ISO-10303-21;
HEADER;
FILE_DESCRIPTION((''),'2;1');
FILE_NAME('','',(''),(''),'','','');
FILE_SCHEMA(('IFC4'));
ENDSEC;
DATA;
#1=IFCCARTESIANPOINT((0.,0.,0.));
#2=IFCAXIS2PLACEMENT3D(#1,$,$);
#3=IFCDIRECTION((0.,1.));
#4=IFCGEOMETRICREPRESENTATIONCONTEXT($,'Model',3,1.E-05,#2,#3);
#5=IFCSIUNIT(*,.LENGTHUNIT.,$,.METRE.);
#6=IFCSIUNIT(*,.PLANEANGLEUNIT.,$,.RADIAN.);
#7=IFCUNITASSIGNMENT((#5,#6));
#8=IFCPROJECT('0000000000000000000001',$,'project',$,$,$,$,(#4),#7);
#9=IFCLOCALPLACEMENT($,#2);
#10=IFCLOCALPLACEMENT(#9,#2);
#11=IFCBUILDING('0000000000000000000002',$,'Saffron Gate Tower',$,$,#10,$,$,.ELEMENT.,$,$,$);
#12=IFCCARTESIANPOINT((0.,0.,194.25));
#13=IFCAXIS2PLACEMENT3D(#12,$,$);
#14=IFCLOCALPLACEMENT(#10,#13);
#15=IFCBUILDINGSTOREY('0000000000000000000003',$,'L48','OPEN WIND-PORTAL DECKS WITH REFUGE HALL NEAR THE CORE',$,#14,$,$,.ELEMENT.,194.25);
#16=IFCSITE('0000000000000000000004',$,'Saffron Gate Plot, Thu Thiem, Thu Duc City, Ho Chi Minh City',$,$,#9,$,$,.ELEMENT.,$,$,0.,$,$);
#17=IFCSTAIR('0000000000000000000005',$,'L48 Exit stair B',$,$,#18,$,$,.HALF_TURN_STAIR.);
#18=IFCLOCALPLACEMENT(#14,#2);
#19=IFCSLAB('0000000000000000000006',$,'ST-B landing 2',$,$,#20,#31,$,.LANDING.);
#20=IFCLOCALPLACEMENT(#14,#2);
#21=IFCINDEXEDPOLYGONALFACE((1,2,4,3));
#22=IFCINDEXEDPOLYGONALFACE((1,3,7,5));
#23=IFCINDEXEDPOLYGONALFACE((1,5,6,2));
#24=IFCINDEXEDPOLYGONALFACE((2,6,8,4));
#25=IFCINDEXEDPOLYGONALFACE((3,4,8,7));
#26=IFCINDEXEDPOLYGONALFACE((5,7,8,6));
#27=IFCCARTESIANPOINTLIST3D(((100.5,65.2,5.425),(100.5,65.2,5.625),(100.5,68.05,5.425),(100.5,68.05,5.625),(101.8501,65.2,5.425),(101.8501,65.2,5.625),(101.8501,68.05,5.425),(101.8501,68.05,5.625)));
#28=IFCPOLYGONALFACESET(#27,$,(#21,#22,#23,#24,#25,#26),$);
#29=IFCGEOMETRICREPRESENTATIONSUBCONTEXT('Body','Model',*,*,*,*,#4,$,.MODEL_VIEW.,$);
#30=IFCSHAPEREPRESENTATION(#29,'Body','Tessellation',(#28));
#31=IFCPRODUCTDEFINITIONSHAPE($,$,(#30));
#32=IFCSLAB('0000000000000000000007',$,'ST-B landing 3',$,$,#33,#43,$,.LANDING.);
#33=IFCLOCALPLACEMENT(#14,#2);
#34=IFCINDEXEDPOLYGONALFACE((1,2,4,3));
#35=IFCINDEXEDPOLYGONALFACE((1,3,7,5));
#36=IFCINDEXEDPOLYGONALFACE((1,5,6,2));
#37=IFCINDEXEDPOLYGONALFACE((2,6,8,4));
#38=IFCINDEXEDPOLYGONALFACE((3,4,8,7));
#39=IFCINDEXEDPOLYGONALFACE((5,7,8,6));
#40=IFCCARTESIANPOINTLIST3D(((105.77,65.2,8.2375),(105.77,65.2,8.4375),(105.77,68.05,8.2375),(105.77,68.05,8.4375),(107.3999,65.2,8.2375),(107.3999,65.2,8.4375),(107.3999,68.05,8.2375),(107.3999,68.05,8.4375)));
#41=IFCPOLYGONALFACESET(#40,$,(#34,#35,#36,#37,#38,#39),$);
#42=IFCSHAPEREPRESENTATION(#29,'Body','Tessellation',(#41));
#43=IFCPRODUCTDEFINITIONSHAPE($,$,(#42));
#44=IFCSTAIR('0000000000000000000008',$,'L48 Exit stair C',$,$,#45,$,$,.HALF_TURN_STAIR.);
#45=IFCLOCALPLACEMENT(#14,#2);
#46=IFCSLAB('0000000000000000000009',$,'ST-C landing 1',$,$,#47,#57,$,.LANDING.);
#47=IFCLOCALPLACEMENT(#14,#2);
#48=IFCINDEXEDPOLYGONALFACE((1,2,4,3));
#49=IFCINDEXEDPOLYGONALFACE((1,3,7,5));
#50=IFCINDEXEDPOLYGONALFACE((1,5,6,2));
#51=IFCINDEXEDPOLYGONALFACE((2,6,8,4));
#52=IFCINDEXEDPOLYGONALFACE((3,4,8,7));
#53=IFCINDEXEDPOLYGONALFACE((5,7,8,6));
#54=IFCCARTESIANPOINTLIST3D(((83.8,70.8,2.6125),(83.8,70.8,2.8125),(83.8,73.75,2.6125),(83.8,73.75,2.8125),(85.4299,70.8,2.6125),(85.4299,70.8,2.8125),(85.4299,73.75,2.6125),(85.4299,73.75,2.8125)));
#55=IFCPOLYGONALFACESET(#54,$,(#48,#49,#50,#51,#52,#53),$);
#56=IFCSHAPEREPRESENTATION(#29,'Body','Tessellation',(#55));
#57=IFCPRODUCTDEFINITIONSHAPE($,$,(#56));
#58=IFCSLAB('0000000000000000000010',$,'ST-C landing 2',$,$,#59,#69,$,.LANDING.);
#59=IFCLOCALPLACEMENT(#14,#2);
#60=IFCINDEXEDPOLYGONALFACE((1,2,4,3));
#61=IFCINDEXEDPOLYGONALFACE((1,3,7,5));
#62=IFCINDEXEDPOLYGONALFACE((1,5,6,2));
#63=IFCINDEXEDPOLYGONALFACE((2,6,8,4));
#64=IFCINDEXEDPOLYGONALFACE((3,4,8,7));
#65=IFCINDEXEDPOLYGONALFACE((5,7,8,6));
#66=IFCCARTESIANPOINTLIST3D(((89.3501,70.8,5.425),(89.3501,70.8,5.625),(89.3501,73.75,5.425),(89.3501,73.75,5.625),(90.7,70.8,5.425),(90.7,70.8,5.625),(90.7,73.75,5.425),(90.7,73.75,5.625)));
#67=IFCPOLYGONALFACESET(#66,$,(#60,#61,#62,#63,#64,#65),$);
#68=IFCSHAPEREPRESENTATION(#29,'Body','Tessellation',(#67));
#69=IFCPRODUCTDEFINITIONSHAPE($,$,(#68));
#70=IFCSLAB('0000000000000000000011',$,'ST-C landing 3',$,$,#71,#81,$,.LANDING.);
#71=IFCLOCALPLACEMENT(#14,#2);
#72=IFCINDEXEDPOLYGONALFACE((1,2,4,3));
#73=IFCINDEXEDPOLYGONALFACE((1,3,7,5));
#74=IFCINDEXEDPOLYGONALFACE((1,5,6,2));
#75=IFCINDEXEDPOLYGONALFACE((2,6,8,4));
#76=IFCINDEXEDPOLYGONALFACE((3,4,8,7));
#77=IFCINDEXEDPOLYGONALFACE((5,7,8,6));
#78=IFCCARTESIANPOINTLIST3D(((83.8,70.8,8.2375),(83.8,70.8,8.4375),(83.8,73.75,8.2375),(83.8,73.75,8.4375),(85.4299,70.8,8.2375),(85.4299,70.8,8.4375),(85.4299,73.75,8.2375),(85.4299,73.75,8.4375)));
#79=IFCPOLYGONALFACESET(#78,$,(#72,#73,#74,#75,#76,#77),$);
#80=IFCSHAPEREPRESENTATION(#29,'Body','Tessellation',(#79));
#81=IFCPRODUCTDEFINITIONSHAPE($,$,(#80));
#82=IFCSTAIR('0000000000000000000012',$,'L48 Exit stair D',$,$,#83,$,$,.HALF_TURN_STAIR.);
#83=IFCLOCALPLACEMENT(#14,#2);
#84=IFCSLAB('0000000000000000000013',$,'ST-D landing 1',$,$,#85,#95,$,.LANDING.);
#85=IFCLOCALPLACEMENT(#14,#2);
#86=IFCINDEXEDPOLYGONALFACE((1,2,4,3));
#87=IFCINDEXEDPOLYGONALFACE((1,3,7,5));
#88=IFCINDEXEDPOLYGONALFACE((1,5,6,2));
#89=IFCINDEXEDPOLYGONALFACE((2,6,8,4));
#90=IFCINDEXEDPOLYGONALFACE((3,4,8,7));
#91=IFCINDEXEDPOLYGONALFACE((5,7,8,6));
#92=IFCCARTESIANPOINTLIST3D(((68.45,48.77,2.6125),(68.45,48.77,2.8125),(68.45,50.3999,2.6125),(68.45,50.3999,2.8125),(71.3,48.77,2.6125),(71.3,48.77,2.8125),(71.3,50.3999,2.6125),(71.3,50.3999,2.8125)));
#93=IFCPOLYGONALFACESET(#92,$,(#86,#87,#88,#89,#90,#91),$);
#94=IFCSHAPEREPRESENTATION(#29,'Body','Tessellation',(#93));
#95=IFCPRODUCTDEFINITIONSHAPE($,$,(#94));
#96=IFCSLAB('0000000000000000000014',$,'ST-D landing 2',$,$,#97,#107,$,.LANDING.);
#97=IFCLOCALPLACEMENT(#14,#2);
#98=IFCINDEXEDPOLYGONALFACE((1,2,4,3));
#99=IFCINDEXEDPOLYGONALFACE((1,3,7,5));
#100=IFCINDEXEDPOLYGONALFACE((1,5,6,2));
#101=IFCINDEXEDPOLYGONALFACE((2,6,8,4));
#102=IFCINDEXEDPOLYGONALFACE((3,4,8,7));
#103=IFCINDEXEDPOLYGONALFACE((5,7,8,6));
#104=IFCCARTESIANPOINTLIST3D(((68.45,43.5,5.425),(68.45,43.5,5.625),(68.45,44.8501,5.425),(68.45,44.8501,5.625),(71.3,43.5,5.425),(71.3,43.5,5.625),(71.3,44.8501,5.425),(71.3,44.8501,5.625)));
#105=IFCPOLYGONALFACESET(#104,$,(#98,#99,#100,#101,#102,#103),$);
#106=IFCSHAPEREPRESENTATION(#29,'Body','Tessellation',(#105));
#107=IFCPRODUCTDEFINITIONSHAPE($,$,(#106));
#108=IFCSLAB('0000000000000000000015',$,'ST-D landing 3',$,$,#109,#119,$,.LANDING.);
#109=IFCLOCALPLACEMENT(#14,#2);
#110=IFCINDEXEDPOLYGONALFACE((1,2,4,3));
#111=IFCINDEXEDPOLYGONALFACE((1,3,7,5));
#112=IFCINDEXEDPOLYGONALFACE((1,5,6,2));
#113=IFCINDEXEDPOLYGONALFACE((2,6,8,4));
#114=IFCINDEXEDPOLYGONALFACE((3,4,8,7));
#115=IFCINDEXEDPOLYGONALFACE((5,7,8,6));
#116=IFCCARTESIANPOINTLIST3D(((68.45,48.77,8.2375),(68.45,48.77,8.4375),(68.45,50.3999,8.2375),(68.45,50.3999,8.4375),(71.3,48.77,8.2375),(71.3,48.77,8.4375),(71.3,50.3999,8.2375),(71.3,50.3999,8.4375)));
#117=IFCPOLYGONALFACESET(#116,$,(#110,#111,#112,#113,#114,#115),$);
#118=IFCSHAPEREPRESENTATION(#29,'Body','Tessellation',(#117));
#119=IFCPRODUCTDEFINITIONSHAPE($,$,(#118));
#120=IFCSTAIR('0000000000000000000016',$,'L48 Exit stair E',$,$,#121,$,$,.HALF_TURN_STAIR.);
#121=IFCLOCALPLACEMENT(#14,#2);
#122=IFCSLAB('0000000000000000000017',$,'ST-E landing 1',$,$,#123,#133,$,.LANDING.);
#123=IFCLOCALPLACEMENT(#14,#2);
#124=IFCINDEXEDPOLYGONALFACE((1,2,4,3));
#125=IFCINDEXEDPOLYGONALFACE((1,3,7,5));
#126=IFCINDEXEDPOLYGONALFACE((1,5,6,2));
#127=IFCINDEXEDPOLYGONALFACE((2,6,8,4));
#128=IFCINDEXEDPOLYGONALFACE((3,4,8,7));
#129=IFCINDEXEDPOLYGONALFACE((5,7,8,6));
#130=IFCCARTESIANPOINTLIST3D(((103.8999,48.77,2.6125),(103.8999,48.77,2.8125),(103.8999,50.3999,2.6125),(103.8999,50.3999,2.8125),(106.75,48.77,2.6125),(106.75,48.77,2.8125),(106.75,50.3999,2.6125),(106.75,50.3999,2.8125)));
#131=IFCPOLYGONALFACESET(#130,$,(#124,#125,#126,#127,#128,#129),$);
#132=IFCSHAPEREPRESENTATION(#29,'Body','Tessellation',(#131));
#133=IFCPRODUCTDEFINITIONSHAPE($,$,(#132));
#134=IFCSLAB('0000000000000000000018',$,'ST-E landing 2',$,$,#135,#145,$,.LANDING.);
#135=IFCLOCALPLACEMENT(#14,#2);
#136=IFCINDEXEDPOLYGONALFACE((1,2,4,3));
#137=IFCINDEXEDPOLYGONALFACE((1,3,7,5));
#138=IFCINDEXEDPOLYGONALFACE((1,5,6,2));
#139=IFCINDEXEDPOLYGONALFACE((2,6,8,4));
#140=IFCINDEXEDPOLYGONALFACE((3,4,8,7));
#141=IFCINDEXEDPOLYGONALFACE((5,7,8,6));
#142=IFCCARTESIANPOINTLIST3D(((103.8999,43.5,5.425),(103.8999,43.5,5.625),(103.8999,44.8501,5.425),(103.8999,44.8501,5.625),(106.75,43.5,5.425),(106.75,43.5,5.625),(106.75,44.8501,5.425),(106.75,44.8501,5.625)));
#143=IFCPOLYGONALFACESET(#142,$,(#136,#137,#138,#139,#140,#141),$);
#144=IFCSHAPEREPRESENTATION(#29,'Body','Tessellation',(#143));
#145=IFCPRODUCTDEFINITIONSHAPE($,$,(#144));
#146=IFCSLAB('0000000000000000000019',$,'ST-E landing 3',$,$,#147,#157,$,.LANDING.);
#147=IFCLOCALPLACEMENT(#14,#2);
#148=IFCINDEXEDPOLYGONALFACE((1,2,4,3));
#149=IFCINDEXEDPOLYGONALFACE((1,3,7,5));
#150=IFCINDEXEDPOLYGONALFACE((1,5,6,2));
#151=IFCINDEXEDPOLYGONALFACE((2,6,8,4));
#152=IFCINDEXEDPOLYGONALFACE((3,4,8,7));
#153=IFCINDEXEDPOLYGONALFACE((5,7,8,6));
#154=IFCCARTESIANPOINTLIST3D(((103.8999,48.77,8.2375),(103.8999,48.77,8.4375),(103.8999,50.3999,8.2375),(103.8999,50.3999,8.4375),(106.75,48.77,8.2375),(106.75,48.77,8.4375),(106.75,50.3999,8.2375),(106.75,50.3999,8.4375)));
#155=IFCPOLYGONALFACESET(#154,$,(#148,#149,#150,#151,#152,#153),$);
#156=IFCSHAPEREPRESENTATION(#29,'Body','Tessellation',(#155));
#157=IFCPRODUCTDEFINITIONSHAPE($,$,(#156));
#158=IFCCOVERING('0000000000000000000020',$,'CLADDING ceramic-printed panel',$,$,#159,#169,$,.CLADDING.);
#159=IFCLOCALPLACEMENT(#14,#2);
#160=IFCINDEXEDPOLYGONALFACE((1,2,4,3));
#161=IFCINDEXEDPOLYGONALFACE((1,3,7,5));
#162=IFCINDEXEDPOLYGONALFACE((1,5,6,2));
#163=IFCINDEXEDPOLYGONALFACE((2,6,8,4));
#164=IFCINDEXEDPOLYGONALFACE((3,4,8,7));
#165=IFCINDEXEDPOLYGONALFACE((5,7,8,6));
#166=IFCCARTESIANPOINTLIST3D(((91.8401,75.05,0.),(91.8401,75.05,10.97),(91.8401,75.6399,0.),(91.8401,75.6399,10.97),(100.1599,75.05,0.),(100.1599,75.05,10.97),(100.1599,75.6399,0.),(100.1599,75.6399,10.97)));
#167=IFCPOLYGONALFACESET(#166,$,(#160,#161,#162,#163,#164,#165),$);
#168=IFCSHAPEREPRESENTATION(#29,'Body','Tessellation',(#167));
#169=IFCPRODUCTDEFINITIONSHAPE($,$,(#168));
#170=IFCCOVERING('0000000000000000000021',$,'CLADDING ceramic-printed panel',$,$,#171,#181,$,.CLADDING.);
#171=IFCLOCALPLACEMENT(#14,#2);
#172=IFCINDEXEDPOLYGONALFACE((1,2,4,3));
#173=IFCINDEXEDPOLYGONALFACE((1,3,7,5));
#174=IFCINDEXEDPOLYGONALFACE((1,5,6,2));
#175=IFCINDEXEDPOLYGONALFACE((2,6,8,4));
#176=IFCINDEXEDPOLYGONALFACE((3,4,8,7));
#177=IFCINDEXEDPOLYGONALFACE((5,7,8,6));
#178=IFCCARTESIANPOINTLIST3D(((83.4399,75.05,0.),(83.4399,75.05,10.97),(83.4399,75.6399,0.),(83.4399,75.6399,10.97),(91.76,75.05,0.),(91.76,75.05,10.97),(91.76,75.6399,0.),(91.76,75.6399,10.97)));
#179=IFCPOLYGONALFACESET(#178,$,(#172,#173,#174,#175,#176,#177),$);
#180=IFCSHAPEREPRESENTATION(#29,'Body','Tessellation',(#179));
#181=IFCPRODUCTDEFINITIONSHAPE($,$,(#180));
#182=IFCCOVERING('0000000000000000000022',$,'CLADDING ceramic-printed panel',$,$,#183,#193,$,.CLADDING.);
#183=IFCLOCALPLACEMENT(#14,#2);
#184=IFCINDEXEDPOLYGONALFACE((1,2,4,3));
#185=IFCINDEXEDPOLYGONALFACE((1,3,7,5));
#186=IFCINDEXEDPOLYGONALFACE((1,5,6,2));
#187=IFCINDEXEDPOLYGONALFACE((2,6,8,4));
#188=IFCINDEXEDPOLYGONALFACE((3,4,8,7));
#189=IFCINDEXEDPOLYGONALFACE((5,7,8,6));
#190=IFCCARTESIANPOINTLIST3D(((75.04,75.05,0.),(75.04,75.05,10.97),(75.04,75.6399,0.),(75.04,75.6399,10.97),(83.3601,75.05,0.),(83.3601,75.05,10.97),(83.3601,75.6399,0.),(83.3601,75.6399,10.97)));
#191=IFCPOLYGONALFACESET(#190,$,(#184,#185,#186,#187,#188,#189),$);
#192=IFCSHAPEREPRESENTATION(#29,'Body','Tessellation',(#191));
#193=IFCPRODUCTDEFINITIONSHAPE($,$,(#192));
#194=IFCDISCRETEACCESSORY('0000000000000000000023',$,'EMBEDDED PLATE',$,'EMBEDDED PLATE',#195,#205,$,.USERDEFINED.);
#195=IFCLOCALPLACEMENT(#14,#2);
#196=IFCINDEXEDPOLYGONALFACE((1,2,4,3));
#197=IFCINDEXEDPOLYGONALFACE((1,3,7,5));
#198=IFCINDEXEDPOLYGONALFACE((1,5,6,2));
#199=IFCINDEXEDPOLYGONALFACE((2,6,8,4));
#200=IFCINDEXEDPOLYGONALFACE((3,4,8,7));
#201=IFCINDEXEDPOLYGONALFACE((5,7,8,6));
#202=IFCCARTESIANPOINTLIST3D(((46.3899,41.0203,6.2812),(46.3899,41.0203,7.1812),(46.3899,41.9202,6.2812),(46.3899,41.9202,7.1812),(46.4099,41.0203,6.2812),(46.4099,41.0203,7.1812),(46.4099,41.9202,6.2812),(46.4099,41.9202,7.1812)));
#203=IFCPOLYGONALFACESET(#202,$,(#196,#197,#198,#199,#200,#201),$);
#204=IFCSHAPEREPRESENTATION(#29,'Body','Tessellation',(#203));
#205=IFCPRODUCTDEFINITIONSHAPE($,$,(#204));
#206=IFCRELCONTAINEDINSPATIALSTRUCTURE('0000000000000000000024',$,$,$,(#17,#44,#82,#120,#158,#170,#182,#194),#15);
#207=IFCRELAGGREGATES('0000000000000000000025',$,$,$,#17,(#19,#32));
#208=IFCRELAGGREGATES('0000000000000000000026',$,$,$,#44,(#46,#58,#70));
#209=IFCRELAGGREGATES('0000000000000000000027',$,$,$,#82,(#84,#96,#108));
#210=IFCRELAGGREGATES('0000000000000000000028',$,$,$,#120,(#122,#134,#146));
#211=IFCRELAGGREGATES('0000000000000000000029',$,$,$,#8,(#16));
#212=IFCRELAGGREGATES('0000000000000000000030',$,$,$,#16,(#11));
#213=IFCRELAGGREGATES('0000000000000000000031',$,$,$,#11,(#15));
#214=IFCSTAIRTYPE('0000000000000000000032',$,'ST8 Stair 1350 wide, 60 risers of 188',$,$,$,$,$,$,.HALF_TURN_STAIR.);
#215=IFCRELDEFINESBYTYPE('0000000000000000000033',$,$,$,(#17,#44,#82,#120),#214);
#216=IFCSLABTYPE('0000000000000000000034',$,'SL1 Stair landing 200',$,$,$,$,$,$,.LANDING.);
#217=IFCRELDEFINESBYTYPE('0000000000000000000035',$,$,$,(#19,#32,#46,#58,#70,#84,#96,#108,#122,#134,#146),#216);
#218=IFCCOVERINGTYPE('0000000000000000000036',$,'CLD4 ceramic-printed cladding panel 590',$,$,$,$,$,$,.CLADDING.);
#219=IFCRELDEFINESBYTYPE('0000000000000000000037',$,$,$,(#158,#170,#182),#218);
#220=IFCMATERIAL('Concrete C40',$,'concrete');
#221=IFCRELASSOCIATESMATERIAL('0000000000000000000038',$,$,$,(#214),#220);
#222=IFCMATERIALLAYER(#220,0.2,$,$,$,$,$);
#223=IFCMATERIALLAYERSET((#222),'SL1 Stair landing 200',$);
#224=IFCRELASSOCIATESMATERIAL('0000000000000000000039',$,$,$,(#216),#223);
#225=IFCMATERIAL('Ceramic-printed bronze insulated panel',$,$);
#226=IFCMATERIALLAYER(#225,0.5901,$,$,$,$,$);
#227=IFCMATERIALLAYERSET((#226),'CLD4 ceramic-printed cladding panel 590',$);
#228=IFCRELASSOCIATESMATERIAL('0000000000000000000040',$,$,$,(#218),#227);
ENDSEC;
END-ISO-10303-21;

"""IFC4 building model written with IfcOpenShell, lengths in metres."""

from ifc_helpers import new_model, si_unit, direction, frame, origin, origin_2d, place, context, subcontext, project, spatial, polyline, rectangle, outline, extrude, material, layer, layer_set, type_object, element, aggregate, save


model = new_model("IFC4")

# Units and contexts
model_context = context("Model", 3, precision=1e-05, world=origin(), true_north=direction((0.0, 1.0)))
body_context = subcontext(model_context, "Body", "Model", "MODEL_VIEW")
ifc_project = project(units=[si_unit("LENGTHUNIT", "METRE"), si_unit("PLANEANGLEUNIT", "RADIAN")], contexts=[model_context])

# Site, building, storey
site_placement = place(None, origin())
site = spatial("IfcSite", under=ifc_project, at=site_placement, Name="Saffron Gate Plot, Thu Thiem, Thu Duc City, Ho Chi Minh City", CompositionType="ELEMENT", RefElevation=0.0)
building_placement = place(site_placement, origin())
building = spatial("IfcBuilding", under=site, at=building_placement, Name="Saffron Gate Tower", CompositionType="ELEMENT")
storey_placement = place(building_placement, frame((0.0, 0.0, 194.25)))
storey = spatial("IfcBuildingStorey", under=building, at=storey_placement, Name="L48", Description="OPEN WIND-PORTAL DECKS WITH REFUGE HALL NEAR THE CORE", CompositionType="ELEMENT", Elevation=194.25)

# Shared definitions
ifc_material_1 = material(Name="Concrete C40", Category="concrete")

# Stairs, slabs
stair_type = type_object("IfcStairType", Name="ST8 Stair 1350 wide, 60 risers of 188", PredefinedType="HALF_TURN_STAIR", material=ifc_material_1)
ifc_layer_1 = layer(ifc_material_1, 0.2)
ifc_layer_set_1 = layer_set([ifc_layer_1], Name="SL1 Stair landing 200")
slab_type_1 = type_object("IfcSlabType", Name="SL1 Stair landing 200", PredefinedType="LANDING", material=ifc_layer_set_1)
stair_1_placement = place(storey_placement, origin())
stair_1 = element("IfcStair", 1, at=stair_1_placement, inside=storey, type_object=stair_type, Name="L48 Exit stair B", PredefinedType="HALF_TURN_STAIR")
slab_1_placement = place(storey_placement, frame((0.0, 0.0, 5.425)))
slab_1 = element("IfcSlab", 2, at=slab_1_placement, type_object=slab_type_1, Name="ST-B landing 2", PredefinedType="LANDING", context=body_context, shape_type="SweptSolid", body=[
    extrude(outline(polyline([(100.5, 65.2), (101.8501, 65.2), (101.8501, 68.05), (100.5, 68.05), (100.5, 65.2)])), origin(), (0.0, 0.0, 1.0), 0.2),
])
slab_2_placement = place(storey_placement, frame((0.0, 0.0, 8.2375)))
slab_2 = element("IfcSlab", 3, at=slab_2_placement, type_object=slab_type_1, Name="ST-B landing 3", PredefinedType="LANDING", context=body_context, shape_type="SweptSolid", body=[
    extrude(outline(polyline([(105.77, 65.2), (107.3999, 65.2), (107.3999, 68.05), (105.77, 68.05), (105.77, 65.2)])), origin(), (0.0, 0.0, 1.0), 0.2),
])
aggregate(stair_1, [slab_1, slab_2])
stair_2_placement = place(storey_placement, origin())
stair_2 = element("IfcStair", 4, at=stair_2_placement, inside=storey, type_object=stair_type, Name="L48 Exit stair C", PredefinedType="HALF_TURN_STAIR")
slab_3_placement = place(storey_placement, frame((0.0, 0.0, 2.6125)))
slab_3 = element("IfcSlab", 5, at=slab_3_placement, type_object=slab_type_1, Name="ST-C landing 1", PredefinedType="LANDING", context=body_context, shape_type="SweptSolid", body=[
    extrude(outline(polyline([(85.4299, 73.75), (83.8, 73.75), (83.8, 70.8), (85.4299, 70.8), (85.4299, 73.75)])), origin(), (0.0, 0.0, 1.0), 0.2),
])
slab_4_placement = place(storey_placement, frame((0.0, 0.0, 5.425)))
slab_4 = element("IfcSlab", 6, at=slab_4_placement, type_object=slab_type_1, Name="ST-C landing 2", PredefinedType="LANDING", context=body_context, shape_type="SweptSolid", body=[
    extrude(outline(polyline([(90.7, 73.75), (89.3501, 73.75), (89.3501, 70.8), (90.7, 70.8), (90.7, 73.75)])), origin(), (0.0, 0.0, 1.0), 0.2),
])
slab_5_placement = place(storey_placement, frame((0.0, 0.0, 8.2375)))
slab_5 = element("IfcSlab", 7, at=slab_5_placement, type_object=slab_type_1, Name="ST-C landing 3", PredefinedType="LANDING", context=body_context, shape_type="SweptSolid", body=[
    extrude(outline(polyline([(85.4299, 73.75), (83.8, 73.75), (83.8, 70.8), (85.4299, 70.8), (85.4299, 73.75)])), origin(), (0.0, 0.0, 1.0), 0.2),
])
aggregate(stair_2, [slab_3, slab_4, slab_5])
stair_3_placement = place(storey_placement, origin())
stair_3 = element("IfcStair", 8, at=stair_3_placement, inside=storey, type_object=stair_type, Name="L48 Exit stair D", PredefinedType="HALF_TURN_STAIR")
slab_6_placement = place(storey_placement, frame((0.0, 0.0, 2.6125)))
slab_6 = element("IfcSlab", 9, at=slab_6_placement, type_object=slab_type_1, Name="ST-D landing 1", PredefinedType="LANDING", context=body_context, shape_type="SweptSolid", body=[
    extrude(outline(polyline([(71.3, 48.77), (71.3, 50.3999), (68.45, 50.3999), (68.45, 48.77), (71.3, 48.77)])), origin(), (0.0, 0.0, 1.0), 0.2),
])
slab_7_placement = place(storey_placement, frame((0.0, 0.0, 5.425)))
slab_7 = element("IfcSlab", 10, at=slab_7_placement, type_object=slab_type_1, Name="ST-D landing 2", PredefinedType="LANDING", context=body_context, shape_type="SweptSolid", body=[
    extrude(outline(polyline([(71.3, 43.5), (71.3, 44.8501), (68.45, 44.8501), (68.45, 43.5), (71.3, 43.5)])), origin(), (0.0, 0.0, 1.0), 0.2),
])
slab_8_placement = place(storey_placement, frame((0.0, 0.0, 8.2375)))
slab_8 = element("IfcSlab", 11, at=slab_8_placement, type_object=slab_type_1, Name="ST-D landing 3", PredefinedType="LANDING", context=body_context, shape_type="SweptSolid", body=[
    extrude(outline(polyline([(71.3, 48.77), (71.3, 50.3999), (68.45, 50.3999), (68.45, 48.77), (71.3, 48.77)])), origin(), (0.0, 0.0, 1.0), 0.2),
])
aggregate(stair_3, [slab_6, slab_7, slab_8])
stair_4_placement = place(storey_placement, origin())
stair_4 = element("IfcStair", 12, at=stair_4_placement, inside=storey, type_object=stair_type, Name="L48 Exit stair E", PredefinedType="HALF_TURN_STAIR")
slab_9_placement = place(storey_placement, frame((0.0, 0.0, 2.6125)))
slab_9 = element("IfcSlab", 13, at=slab_9_placement, type_object=slab_type_1, Name="ST-E landing 1", PredefinedType="LANDING", context=body_context, shape_type="SweptSolid", body=[
    extrude(outline(polyline([(106.75, 48.77), (106.75, 50.3999), (103.8999, 50.3999), (103.8999, 48.77), (106.75, 48.77)])), origin(), (0.0, 0.0, 1.0), 0.2),
])
slab_10_placement = place(storey_placement, frame((0.0, 0.0, 5.425)))
slab_10 = element("IfcSlab", 14, at=slab_10_placement, type_object=slab_type_1, Name="ST-E landing 2", PredefinedType="LANDING", context=body_context, shape_type="SweptSolid", body=[
    extrude(outline(polyline([(106.75, 43.5), (106.75, 44.8501), (103.8999, 44.8501), (103.8999, 43.5), (106.75, 43.5)])), origin(), (0.0, 0.0, 1.0), 0.2),
])
slab_11_placement = place(storey_placement, frame((0.0, 0.0, 8.2375)))
slab_11 = element("IfcSlab", 15, at=slab_11_placement, type_object=slab_type_1, Name="ST-E landing 3", PredefinedType="LANDING", context=body_context, shape_type="SweptSolid", body=[
    extrude(outline(polyline([(106.75, 48.77), (106.75, 50.3999), (103.8999, 50.3999), (103.8999, 48.77), (106.75, 48.77)])), origin(), (0.0, 0.0, 1.0), 0.2),
])
aggregate(stair_4, [slab_9, slab_10, slab_11])

# Coverings
ifc_material_2 = material(Name="Ceramic-printed bronze insulated panel")
ifc_layer_2 = layer(ifc_material_2, 0.5901)
ifc_layer_set_2 = layer_set([ifc_layer_2], Name="CLD4 ceramic-printed cladding panel 590")
covering_type = type_object("IfcCoveringType", Name="CLD4 ceramic-printed cladding panel 590", PredefinedType="CLADDING", material=ifc_layer_set_2)
covering_1_placement = place(storey_placement, origin())
element("IfcCovering", 16, at=covering_1_placement, inside=storey, type_object=covering_type, Name="CLADDING ceramic-printed panel", PredefinedType="CLADDING", context=body_context, shape_type="SweptSolid", body=[
    extrude(outline(polyline([(100.1599, 75.6399), (91.8401, 75.6399), (91.8401, 75.05), (100.1599, 75.05), (100.1599, 75.6399)])), origin(), (0.0, 0.0, 1.0), 10.97),
])
covering_2_placement = place(storey_placement, origin())
element("IfcCovering", 17, at=covering_2_placement, inside=storey, type_object=covering_type, Name="CLADDING ceramic-printed panel", PredefinedType="CLADDING", context=body_context, shape_type="SweptSolid", body=[
    extrude(outline(polyline([(91.76, 75.6399), (83.4399, 75.6399), (83.4399, 75.05), (91.76, 75.05), (91.76, 75.6399)])), origin(), (0.0, 0.0, 1.0), 10.97),
])
covering_3_placement = place(storey_placement, origin())
element("IfcCovering", 18, at=covering_3_placement, inside=storey, type_object=covering_type, Name="CLADDING ceramic-printed panel", PredefinedType="CLADDING", context=body_context, shape_type="SweptSolid", body=[
    extrude(outline(polyline([(83.3601, 75.6399), (75.04, 75.6399), (75.04, 75.05), (83.3601, 75.05), (83.3601, 75.6399)])), origin(), (0.0, 0.0, 1.0), 10.97),
])

# Discrete accessory
for number, where, z_axis, x_axis, name in (
    (19, (46.3999, 41.4702, 6.2812), (0.0, 0.0, 1.0), (0.0, 1.0, 0.0), "EMBEDDED PLATE"),
):
    element("IfcDiscreteAccessory", number, at=place(storey_placement, frame(where, z_axis=z_axis, x_axis=x_axis)), inside=storey, Name=name, ObjectType="EMBEDDED PLATE", PredefinedType="USERDEFINED", context=body_context, shape_type="SweptSolid", body=[
        extrude(rectangle(XDim=0.8999, YDim=0.02, at=origin_2d()), origin(), (0.0, 0.0, 1.0), 0.8999),
    ])

save(model, "model.ifc")
